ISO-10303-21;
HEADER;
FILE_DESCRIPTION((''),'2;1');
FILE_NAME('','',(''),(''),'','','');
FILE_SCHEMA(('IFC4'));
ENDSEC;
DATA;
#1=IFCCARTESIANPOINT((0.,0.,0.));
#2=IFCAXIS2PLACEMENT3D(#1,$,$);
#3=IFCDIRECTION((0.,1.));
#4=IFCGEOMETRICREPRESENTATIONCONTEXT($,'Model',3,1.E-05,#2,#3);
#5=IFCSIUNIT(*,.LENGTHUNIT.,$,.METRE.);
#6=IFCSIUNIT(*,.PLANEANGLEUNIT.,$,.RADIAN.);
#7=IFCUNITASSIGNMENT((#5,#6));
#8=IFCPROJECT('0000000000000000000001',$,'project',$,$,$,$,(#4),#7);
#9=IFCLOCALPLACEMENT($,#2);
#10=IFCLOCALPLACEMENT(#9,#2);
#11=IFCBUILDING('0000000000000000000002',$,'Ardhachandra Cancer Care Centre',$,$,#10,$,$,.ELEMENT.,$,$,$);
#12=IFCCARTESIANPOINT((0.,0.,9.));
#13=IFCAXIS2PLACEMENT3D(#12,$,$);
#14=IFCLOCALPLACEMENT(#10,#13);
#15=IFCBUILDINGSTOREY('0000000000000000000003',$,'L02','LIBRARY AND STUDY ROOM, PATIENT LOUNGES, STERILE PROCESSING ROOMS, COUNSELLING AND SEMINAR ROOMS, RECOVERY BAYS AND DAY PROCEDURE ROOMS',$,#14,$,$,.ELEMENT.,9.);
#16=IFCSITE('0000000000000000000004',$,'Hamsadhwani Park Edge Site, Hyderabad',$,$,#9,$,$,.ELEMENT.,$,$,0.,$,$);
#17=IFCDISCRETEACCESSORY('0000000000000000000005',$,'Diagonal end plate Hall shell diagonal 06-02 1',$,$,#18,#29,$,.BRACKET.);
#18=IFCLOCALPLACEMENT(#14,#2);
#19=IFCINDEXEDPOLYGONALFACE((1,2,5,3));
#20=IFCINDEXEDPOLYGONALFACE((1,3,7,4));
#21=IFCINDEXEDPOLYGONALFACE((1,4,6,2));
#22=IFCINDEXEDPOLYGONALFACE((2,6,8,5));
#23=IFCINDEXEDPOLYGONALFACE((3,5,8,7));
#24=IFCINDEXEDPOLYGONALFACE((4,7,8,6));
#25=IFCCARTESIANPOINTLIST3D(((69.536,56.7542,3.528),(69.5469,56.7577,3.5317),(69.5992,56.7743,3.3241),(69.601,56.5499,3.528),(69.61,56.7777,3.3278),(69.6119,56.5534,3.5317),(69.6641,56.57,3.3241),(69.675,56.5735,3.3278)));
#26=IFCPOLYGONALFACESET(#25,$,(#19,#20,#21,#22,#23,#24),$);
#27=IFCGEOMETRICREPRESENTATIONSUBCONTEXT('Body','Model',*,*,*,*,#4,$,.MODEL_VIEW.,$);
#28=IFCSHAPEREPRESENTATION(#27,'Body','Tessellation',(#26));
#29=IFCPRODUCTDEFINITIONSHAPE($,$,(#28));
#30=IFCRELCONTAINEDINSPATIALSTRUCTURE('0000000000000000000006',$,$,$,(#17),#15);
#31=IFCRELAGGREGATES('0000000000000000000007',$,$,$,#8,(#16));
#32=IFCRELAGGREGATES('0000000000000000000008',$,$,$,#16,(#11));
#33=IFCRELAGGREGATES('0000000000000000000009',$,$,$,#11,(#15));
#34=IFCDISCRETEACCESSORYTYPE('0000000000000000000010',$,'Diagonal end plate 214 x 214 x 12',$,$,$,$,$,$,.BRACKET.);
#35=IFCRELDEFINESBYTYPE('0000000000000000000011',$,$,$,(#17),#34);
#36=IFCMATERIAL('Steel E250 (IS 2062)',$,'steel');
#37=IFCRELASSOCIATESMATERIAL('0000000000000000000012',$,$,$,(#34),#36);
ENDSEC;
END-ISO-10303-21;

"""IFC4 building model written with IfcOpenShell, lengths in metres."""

from ifc_helpers import new_model, si_unit, direction, frame, origin, origin_2d, place, context, subcontext, project, spatial, rectangle, extrude, material, material_profile, profile_set, type_object, element, save


model = new_model("IFC4")

# Units and contexts
model_context = context("Model", 3, precision=1e-05, world=origin(), true_north=direction((0.0, 1.0)))
body_context = subcontext(model_context, "Body", "Model", "MODEL_VIEW")
ifc_project = project(units=[si_unit("LENGTHUNIT", "METRE"), si_unit("PLANEANGLEUNIT", "RADIAN")], contexts=[model_context])

# Site, building, storey
site_placement = place(None, origin())
site = spatial("IfcSite", under=ifc_project, at=site_placement, Name="Hamsadhwani Park Edge Site, Hyderabad", CompositionType="ELEMENT", RefElevation=0.0)
building_placement = place(site_placement, origin())
building = spatial("IfcBuilding", under=site, at=building_placement, Name="Ardhachandra Cancer Care Centre", CompositionType="ELEMENT")
storey_placement = place(building_placement, frame((0.0, 0.0, 9.0)))
storey = spatial("IfcBuildingStorey", under=building, at=storey_placement, Name="L02", Description="LIBRARY AND STUDY ROOM, PATIENT LOUNGES, STERILE PROCESSING ROOMS, COUNSELLING AND SEMINAR ROOMS, RECOVERY BAYS AND DAY PROCEDURE ROOMS", CompositionType="ELEMENT", Elevation=9.0)

# Discrete accessory
ifc_material_1 = material(Name="Steel E250 (IS 2062)", Category="steel")
ifc_material_profile_1 = material_profile(ifc_material_1, rectangle(XDim=0.2144, YDim=0.2144, at=origin_2d()), Name="PL 214x214x12")
ifc_profile_set_1 = profile_set([ifc_material_profile_1], Name="Steel E250 (IS 2062)")
discrete_accessory_type = type_object("IfcDiscreteAccessoryType", Name="Diagonal end plate 214 x 214 x 12", PredefinedType="BRACKET", material=ifc_profile_set_1)
for number, where, z_axis, x_axis, name in (
    (1, (69.6001, 56.6621, 3.426), (0.906302, 0.288369, 0.308967), (-0.303204, 0.952926, 0.0), "Diagonal end plate Hall shell diagonal 06-02 1"),
):
    element("IfcDiscreteAccessory", number, at=place(storey_placement, frame(where, z_axis=z_axis, x_axis=x_axis)), inside=storey, type_object=discrete_accessory_type, Name=name, PredefinedType="BRACKET", context=body_context, shape_type="SweptSolid", body=[
        extrude(rectangle(XDim=0.2144, YDim=0.2144, at=origin_2d()), origin(), (0.0, 0.0, 1.0), 0.012),
    ])

save(model, "model.ifc")
